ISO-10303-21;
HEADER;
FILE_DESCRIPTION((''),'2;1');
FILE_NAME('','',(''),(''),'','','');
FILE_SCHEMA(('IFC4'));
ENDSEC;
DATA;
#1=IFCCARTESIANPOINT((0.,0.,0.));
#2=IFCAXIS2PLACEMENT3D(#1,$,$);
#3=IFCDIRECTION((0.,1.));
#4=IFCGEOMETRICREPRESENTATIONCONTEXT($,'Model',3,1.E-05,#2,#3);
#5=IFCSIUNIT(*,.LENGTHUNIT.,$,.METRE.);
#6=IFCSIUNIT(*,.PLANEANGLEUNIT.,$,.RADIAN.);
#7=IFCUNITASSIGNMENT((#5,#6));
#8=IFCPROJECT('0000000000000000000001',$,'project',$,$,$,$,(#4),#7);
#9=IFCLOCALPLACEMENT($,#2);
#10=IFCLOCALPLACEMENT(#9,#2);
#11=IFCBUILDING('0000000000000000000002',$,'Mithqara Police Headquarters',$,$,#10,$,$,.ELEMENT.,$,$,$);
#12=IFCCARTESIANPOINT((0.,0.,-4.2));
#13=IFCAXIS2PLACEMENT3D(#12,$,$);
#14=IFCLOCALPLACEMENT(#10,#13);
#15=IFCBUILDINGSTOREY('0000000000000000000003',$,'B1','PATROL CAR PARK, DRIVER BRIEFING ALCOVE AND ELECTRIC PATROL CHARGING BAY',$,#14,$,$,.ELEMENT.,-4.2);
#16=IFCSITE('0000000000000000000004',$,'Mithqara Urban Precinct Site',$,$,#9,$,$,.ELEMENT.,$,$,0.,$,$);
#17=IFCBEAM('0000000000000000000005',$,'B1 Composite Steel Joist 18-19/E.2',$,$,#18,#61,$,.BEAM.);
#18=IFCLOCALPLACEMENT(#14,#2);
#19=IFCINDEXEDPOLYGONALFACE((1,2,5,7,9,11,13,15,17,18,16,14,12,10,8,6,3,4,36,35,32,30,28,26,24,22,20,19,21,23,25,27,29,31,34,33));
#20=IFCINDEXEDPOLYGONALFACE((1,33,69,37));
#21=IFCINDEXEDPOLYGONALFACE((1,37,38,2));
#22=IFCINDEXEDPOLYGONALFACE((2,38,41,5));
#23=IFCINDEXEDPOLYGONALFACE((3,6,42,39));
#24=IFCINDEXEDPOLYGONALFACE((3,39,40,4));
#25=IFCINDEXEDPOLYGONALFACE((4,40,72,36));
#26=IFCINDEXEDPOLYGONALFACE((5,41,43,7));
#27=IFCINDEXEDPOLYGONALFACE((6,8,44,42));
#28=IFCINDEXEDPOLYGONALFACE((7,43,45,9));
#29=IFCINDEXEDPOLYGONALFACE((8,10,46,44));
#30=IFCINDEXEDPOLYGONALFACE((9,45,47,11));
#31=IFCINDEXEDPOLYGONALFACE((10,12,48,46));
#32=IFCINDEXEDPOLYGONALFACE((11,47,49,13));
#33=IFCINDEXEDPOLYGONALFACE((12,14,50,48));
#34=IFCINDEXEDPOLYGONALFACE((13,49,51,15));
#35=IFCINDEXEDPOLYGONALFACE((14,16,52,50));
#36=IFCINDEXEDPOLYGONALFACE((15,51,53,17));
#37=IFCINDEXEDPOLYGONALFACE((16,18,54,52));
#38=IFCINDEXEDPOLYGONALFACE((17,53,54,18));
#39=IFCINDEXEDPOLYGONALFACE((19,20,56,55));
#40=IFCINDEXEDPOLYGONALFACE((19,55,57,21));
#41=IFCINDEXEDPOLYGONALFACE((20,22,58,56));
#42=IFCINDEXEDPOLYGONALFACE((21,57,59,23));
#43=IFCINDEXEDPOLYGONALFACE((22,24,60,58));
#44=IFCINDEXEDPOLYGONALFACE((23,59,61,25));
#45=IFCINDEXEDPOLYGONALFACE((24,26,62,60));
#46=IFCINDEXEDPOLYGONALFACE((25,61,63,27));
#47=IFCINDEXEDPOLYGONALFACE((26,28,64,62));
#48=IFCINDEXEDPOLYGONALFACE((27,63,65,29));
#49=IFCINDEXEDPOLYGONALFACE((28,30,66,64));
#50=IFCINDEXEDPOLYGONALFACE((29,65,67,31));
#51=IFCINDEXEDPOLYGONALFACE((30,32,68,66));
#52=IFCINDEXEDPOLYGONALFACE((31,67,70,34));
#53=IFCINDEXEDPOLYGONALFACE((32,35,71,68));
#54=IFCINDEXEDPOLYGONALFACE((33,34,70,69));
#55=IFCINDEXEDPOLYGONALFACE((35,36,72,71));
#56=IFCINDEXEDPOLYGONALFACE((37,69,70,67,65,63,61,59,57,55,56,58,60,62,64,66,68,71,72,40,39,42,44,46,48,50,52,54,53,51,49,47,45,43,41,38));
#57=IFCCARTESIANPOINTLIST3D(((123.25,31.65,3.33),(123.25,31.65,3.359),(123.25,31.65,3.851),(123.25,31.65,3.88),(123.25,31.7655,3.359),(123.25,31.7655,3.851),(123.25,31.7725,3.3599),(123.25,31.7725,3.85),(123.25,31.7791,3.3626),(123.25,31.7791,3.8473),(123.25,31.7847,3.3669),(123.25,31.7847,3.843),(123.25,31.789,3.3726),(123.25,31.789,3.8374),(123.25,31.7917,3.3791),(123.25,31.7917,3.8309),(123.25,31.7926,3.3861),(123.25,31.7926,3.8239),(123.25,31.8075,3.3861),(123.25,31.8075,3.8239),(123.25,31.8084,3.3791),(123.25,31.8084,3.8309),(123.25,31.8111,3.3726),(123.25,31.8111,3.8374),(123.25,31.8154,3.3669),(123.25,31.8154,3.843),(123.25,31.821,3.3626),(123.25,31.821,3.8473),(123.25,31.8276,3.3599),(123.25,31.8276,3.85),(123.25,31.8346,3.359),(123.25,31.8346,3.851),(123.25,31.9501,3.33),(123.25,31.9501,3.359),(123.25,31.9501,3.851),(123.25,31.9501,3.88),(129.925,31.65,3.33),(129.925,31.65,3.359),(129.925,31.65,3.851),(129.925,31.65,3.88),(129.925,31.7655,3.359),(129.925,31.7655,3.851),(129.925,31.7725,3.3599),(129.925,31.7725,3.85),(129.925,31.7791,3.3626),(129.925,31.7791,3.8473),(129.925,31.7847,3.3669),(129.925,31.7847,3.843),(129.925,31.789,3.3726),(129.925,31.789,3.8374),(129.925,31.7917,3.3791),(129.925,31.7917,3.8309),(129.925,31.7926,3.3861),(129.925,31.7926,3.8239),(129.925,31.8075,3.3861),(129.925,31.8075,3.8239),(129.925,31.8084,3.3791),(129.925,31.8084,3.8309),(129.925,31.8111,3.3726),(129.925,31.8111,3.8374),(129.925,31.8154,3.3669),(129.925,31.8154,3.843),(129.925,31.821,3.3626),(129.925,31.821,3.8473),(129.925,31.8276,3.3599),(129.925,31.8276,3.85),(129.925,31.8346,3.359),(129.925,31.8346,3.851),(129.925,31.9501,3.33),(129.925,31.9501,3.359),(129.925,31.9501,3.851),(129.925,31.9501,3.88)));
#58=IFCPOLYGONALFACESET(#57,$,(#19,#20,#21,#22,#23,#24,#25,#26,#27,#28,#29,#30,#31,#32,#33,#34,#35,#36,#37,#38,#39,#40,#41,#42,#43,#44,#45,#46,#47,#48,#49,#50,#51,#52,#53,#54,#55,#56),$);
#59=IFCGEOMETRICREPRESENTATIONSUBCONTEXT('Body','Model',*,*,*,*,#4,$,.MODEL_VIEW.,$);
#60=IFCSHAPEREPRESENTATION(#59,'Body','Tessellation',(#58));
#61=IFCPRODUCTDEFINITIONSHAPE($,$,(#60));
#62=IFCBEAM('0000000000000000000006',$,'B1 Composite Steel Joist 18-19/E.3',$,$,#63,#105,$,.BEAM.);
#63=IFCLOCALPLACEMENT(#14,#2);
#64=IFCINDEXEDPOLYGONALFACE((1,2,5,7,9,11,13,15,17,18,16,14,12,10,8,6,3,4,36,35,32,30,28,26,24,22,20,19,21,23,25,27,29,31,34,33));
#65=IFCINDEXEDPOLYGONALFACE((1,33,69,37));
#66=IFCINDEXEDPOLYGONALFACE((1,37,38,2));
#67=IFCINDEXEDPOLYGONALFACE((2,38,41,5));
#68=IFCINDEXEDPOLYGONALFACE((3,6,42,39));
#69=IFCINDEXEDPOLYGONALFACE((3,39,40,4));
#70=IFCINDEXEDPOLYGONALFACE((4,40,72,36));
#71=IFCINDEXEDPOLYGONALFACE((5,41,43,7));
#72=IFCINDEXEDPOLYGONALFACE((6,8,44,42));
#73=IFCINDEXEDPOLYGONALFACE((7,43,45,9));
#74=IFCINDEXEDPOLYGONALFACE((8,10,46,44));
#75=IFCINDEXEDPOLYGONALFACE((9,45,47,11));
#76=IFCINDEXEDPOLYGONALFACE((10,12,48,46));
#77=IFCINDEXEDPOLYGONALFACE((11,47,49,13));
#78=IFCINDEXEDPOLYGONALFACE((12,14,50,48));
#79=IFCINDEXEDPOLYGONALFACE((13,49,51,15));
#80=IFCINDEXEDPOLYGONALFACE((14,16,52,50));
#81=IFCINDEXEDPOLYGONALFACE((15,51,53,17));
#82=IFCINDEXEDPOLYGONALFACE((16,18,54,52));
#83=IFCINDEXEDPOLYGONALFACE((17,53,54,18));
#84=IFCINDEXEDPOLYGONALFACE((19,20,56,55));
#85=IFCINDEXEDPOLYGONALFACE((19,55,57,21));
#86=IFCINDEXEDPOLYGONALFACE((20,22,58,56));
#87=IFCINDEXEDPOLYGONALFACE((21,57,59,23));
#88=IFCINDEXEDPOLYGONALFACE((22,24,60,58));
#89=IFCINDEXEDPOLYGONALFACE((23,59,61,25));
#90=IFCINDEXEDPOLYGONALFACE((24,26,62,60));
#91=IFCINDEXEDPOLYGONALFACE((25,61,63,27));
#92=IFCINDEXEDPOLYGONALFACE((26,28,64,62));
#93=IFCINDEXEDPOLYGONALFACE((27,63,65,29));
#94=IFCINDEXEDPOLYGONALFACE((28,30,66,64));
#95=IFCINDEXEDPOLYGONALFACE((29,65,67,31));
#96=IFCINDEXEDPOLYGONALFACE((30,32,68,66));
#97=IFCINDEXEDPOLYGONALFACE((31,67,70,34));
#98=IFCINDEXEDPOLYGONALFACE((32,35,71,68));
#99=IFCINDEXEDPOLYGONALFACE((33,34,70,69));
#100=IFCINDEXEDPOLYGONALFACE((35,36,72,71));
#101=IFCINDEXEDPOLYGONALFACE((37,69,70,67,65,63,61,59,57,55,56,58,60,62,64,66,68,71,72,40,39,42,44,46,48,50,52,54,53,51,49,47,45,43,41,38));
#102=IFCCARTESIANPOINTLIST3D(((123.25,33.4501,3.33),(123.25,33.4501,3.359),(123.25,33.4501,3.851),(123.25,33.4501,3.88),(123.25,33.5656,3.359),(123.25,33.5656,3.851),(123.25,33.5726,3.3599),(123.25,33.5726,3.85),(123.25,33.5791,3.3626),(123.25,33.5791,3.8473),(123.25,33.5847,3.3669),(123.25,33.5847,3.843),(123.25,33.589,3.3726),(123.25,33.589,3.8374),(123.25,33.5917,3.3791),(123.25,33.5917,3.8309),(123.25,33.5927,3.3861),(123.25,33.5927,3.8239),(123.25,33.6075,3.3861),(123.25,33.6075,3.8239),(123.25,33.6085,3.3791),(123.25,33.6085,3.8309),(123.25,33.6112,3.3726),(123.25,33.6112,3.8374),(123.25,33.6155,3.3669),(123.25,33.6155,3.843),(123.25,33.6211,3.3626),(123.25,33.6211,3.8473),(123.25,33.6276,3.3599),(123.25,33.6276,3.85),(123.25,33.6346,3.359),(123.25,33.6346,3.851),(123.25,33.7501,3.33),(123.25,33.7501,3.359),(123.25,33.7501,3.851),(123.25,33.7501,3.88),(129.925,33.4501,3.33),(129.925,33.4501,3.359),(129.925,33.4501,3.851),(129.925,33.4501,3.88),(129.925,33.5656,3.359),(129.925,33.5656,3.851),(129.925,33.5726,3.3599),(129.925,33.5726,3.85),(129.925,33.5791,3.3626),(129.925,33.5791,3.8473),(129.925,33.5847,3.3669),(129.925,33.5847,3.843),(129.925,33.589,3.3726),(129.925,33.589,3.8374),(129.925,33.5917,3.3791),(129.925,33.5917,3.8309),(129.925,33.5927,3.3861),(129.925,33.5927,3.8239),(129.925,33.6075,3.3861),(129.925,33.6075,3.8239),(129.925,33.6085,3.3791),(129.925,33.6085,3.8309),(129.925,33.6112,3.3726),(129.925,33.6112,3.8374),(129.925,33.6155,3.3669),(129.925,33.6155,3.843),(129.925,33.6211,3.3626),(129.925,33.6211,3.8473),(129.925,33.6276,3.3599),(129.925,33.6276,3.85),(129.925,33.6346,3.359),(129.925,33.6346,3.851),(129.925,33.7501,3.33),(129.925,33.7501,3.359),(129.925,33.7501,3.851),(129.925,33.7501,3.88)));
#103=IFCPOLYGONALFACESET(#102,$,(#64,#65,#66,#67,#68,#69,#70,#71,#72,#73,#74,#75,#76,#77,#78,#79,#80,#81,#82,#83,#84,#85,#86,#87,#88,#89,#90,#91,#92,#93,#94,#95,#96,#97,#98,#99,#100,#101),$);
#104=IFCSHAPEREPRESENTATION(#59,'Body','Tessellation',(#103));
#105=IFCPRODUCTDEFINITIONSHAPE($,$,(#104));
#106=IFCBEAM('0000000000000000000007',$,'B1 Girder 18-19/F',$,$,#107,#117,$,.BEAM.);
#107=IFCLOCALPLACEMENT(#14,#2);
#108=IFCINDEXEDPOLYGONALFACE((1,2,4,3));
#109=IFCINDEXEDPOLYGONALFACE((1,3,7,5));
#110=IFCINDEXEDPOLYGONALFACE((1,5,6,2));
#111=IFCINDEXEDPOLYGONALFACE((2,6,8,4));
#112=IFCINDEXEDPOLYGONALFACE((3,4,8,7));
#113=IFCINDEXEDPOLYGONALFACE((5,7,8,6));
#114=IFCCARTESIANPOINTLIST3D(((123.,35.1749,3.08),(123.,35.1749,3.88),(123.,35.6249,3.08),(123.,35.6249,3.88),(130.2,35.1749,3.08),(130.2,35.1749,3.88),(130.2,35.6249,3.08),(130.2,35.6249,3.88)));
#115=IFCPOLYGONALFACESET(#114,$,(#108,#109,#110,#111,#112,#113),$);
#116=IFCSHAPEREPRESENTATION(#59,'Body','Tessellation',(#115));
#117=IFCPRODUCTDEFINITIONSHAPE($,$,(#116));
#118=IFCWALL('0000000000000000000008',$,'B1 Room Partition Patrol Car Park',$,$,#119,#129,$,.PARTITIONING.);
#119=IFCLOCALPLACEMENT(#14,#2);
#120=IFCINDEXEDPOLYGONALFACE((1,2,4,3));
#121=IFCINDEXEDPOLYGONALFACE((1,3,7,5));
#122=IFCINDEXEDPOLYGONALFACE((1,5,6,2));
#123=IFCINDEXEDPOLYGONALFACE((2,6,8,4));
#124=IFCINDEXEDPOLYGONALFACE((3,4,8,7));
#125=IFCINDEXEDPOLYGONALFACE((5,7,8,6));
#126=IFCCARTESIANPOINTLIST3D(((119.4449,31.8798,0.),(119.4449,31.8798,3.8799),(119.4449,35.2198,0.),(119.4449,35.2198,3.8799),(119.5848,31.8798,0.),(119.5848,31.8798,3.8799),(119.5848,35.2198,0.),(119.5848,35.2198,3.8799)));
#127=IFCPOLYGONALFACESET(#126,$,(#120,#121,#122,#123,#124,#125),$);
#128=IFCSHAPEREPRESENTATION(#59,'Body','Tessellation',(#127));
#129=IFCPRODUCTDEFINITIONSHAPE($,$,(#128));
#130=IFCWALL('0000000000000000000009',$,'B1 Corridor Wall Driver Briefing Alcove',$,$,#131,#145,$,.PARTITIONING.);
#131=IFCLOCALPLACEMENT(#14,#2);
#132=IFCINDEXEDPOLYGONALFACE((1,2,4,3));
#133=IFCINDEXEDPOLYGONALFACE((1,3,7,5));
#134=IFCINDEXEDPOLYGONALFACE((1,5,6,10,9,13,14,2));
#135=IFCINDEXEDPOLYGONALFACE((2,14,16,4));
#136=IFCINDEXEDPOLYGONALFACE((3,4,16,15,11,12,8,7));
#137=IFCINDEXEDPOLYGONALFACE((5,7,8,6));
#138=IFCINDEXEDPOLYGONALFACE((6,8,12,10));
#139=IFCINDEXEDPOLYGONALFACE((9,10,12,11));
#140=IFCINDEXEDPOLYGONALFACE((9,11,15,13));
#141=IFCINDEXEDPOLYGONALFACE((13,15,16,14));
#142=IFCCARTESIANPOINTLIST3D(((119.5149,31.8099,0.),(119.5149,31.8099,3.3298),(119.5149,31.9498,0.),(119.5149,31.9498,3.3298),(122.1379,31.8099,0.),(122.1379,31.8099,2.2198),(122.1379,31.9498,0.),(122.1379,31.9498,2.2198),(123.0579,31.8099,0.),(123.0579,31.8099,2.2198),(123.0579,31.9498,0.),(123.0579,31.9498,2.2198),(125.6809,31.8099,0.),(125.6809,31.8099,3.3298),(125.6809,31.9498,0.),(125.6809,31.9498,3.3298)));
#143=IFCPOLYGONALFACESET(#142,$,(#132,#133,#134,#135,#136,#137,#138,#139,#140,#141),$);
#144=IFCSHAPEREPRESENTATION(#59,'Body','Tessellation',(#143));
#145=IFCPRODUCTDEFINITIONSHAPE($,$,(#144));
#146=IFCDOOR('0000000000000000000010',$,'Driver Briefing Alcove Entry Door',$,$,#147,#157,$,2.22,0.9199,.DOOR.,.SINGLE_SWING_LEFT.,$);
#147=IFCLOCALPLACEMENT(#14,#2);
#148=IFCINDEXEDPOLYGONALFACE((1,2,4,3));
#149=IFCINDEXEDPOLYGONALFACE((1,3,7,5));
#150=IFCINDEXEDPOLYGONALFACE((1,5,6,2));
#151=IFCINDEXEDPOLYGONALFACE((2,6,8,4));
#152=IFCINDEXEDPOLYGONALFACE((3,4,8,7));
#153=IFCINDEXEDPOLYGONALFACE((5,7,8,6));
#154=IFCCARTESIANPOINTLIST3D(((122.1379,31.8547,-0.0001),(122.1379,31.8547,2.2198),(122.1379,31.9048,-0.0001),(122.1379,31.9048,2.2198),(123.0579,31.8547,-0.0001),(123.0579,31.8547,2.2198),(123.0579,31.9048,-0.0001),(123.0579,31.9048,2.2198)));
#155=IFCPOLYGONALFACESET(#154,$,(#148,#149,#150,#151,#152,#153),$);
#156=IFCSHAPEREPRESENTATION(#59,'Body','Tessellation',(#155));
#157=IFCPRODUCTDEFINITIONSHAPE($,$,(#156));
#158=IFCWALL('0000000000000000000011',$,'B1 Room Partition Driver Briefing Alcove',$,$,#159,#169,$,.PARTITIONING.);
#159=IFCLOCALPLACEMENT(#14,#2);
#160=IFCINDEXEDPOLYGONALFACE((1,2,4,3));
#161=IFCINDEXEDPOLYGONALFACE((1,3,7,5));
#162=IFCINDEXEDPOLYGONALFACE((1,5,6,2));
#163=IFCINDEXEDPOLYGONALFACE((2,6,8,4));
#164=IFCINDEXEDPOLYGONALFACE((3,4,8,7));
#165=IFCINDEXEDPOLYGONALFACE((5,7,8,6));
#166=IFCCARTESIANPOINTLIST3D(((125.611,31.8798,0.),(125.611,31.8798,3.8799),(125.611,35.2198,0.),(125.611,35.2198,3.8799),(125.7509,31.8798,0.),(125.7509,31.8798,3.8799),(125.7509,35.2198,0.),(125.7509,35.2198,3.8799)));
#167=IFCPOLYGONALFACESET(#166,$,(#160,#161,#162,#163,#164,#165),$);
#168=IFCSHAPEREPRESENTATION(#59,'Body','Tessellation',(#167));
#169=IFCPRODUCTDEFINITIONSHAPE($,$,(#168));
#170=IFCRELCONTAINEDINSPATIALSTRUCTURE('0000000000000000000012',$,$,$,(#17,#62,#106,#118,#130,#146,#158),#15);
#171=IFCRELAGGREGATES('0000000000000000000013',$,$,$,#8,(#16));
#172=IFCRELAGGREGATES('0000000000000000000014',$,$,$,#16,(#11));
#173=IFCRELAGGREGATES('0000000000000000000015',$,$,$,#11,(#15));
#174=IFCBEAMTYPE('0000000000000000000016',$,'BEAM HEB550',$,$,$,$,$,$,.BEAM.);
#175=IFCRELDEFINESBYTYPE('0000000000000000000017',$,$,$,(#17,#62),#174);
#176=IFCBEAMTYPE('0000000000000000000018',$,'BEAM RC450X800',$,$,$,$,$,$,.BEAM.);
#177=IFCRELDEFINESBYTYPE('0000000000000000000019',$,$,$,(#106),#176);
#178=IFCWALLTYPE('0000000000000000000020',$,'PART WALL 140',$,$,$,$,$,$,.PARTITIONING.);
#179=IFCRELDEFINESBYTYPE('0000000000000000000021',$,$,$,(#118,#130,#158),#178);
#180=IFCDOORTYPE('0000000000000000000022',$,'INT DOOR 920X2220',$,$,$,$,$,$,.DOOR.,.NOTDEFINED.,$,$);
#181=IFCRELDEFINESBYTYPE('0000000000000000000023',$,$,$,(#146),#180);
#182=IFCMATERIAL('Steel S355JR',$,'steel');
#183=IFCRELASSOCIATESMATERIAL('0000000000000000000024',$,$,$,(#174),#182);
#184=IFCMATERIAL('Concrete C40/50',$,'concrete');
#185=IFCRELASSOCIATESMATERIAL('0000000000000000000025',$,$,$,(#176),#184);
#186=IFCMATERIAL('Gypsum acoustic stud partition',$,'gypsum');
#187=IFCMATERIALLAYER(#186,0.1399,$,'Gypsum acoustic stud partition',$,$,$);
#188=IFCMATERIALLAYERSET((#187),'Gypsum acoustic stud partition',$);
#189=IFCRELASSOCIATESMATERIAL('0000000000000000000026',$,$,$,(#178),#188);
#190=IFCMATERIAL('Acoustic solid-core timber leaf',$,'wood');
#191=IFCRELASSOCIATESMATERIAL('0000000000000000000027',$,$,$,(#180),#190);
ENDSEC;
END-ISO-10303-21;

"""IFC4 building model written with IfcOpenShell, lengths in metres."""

from ifc_helpers import new_model, si_unit, direction, frame, frame_2d, origin, origin_2d, place, context, subcontext, project, spatial, rectangle, i_section, extrude, material, layer, layer_set, material_profile, profile_set, type_object, element, fill, save


model = new_model("IFC4")

# Units and contexts
model_context = context("Model", 3, precision=1e-05, world=origin(), true_north=direction((0.0, 1.0)))
body_context = subcontext(model_context, "Body", "Model", "MODEL_VIEW")
ifc_project = project(units=[si_unit("LENGTHUNIT", "METRE"), si_unit("PLANEANGLEUNIT", "RADIAN")], contexts=[model_context])

# Site, building, storey
site_placement = place(None, origin())
site = spatial("IfcSite", under=ifc_project, at=site_placement, Name="Mithqara Urban Precinct Site", CompositionType="ELEMENT", RefElevation=0.0)
building_placement = place(site_placement, origin())
building = spatial("IfcBuilding", under=site, at=building_placement, Name="Mithqara Police Headquarters", CompositionType="ELEMENT")
storey_placement = place(building_placement, frame((0.0, 0.0, -4.2)))
storey = spatial("IfcBuildingStorey", under=building, at=storey_placement, Name="B1", Description="PATROL CAR PARK, DRIVER BRIEFING ALCOVE AND ELECTRIC PATROL CHARGING BAY", CompositionType="ELEMENT", Elevation=-4.2)

# Shared definitions
ifc_material_1 = material(Name="Concrete C40/50", Category="concrete")

# Beams
ifc_material_2 = material(Name="Steel S355JR", Category="steel")
ifc_material_profile_1 = material_profile(ifc_material_2, i_section(OverallWidth=0.3, OverallDepth=0.55, WebThickness=0.0149, FlangeThickness=0.0291, FilletRadius=0.0271, at=origin_2d()), Name="HEB 550")
ifc_profile_set_1 = profile_set([ifc_material_profile_1], Name="Steel S355JR")
beam_type_1 = type_object("IfcBeamType", Name="BEAM HEB550", PredefinedType="BEAM", material=ifc_profile_set_1)
for number, where, z_axis, x_axis, name in (
    (1, (123.25, 31.8, 3.605), (1.0, 0.0, 0.0), (0.0, 1.0, 0.0), "B1 Composite Steel Joist 18-19/E.2"),
    (2, (123.25, 33.6001, 3.605), (1.0, 0.0, 0.0), (0.0, 1.0, 0.0), "B1 Composite Steel Joist 18-19/E.3"),
):
    element("IfcBeam", number, at=place(storey_placement, frame(where, z_axis=z_axis, x_axis=x_axis)), inside=storey, type_object=beam_type_1, Name=name, PredefinedType="BEAM", context=body_context, shape_type="SweptSolid", body=[
        extrude(i_section(OverallWidth=0.3, OverallDepth=0.55, WebThickness=0.0149, FlangeThickness=0.0291, FilletRadius=0.0271, at=origin_2d()), origin(), (0.0, 0.0, 1.0), 6.675),
    ])
ifc_material_profile_2 = material_profile(ifc_material_1, rectangle(XDim=0.45, YDim=0.8, at=origin_2d()), Name="RC 450x800")
ifc_profile_set_2 = profile_set([ifc_material_profile_2], Name="Concrete C40/50")
beam_type_2 = type_object("IfcBeamType", Name="BEAM RC450X800", PredefinedType="BEAM", material=ifc_profile_set_2)
beam_placement = place(storey_placement, frame((123.0, 35.3999, 3.48), z_axis=(1.0, 0.0, 0.0), x_axis=(0.0, 1.0, 0.0)))
element("IfcBeam", 3, at=beam_placement, inside=storey, type_object=beam_type_2, Name="B1 Girder 18-19/F", PredefinedType="BEAM", context=body_context, shape_type="SweptSolid", body=[
    extrude(rectangle(XDim=0.45, YDim=0.8, at=origin_2d()), origin(), (0.0, 0.0, 1.0), 7.2),
])

# Wall
ifc_material_3 = material(Name="Gypsum acoustic stud partition", Category="gypsum")
ifc_layer = layer(ifc_material_3, 0.1399, Name="Gypsum acoustic stud partition")
ifc_layer_set = layer_set([ifc_layer], Name="Gypsum acoustic stud partition")
wall_type = type_object("IfcWallType", Name="PART WALL 140", PredefinedType="PARTITIONING", material=ifc_layer_set)
wall_1_placement = place(storey_placement, frame((119.5149, 31.8799, 0.0), z_axis=(0.0, 0.0, 1.0), x_axis=(0.0, 1.0, 0.0)))
element("IfcWall", 4, at=wall_1_placement, inside=storey, type_object=wall_type, Name="B1 Room Partition Patrol Car Park", PredefinedType="PARTITIONING", context=body_context, shape_type="SweptSolid", body=[
    extrude(rectangle(XDim=3.3401, YDim=0.1399, at=frame_2d((1.6699, 0.0))), origin(), (0.0, 0.0, 1.0), 3.8799),
])

# Wall, opening, door
wall_2_placement = place(storey_placement, frame((119.5149, 31.8799, 0.0), z_axis=(0.0, 0.0, 1.0), x_axis=(1.0, 0.0, 0.0)))
wall_2 = element("IfcWall", 5, at=wall_2_placement, inside=storey, type_object=wall_type, Name="B1 Corridor Wall Driver Briefing Alcove", PredefinedType="PARTITIONING", context=body_context, shape_type="SweptSolid", body=[
    extrude(rectangle(XDim=6.166, YDim=0.1399, at=frame_2d((3.083, 0.0))), origin(), (0.0, 0.0, 1.0), 3.3298),
])
opening_1_placement = place(wall_2_placement, frame((2.623, 0.0, 0.0)))
opening_1 = element("IfcOpeningElement", 6, at=opening_1_placement, cuts=wall_2, PredefinedType="OPENING", context=body_context, shape_type="SweptSolid", body=[
    extrude(rectangle(XDim=0.9199, YDim=2.22, at=frame_2d((0.46, 1.1099))), frame((0.0, 0.0801, 0.0), z_axis=(0.0, -1.0, 0.0), x_axis=(1.0, 0.0, 0.0)), (0.0, 0.0, 1.0), 0.1599),
])
ifc_material_4 = material(Name="Acoustic solid-core timber leaf", Category="wood")
door_type_1 = type_object("IfcDoorType", Name="INT DOOR 920X2220", OperationType="NOTDEFINED", PredefinedType="DOOR", material=ifc_material_4)
door_1_placement = place(opening_1_placement, origin())
door_1 = element("IfcDoor", 7, at=door_1_placement, inside=storey, type_object=door_type_1, Name="Driver Briefing Alcove Entry Door", OperationType="SINGLE_SWING_LEFT", OverallHeight=2.22, OverallWidth=0.9199, PredefinedType="DOOR", context=body_context, shape_type="SweptSolid", body=[
    extrude(rectangle(XDim=0.9199, YDim=2.22, at=frame_2d((0.46, 1.1099))), frame((0.0, 0.0249, 0.0), z_axis=(0.0, -1.0, 0.0), x_axis=(1.0, 0.0, 0.0)), (0.0, 0.0, 1.0), 0.05),
])
fill(opening_1, door_1)

# Wall
wall_3_placement = place(storey_placement, frame((125.6809, 31.8799, 0.0), z_axis=(0.0, 0.0, 1.0), x_axis=(0.0, 1.0, 0.0)))
element("IfcWall", 8, at=wall_3_placement, inside=storey, type_object=wall_type, Name="B1 Room Partition Driver Briefing Alcove", PredefinedType="PARTITIONING", context=body_context, shape_type="SweptSolid", body=[
    extrude(rectangle(XDim=3.3401, YDim=0.1399, at=frame_2d((1.6699, 0.0))), origin(), (0.0, 0.0, 1.0), 3.8799),
])

save(model, "model.ifc")
